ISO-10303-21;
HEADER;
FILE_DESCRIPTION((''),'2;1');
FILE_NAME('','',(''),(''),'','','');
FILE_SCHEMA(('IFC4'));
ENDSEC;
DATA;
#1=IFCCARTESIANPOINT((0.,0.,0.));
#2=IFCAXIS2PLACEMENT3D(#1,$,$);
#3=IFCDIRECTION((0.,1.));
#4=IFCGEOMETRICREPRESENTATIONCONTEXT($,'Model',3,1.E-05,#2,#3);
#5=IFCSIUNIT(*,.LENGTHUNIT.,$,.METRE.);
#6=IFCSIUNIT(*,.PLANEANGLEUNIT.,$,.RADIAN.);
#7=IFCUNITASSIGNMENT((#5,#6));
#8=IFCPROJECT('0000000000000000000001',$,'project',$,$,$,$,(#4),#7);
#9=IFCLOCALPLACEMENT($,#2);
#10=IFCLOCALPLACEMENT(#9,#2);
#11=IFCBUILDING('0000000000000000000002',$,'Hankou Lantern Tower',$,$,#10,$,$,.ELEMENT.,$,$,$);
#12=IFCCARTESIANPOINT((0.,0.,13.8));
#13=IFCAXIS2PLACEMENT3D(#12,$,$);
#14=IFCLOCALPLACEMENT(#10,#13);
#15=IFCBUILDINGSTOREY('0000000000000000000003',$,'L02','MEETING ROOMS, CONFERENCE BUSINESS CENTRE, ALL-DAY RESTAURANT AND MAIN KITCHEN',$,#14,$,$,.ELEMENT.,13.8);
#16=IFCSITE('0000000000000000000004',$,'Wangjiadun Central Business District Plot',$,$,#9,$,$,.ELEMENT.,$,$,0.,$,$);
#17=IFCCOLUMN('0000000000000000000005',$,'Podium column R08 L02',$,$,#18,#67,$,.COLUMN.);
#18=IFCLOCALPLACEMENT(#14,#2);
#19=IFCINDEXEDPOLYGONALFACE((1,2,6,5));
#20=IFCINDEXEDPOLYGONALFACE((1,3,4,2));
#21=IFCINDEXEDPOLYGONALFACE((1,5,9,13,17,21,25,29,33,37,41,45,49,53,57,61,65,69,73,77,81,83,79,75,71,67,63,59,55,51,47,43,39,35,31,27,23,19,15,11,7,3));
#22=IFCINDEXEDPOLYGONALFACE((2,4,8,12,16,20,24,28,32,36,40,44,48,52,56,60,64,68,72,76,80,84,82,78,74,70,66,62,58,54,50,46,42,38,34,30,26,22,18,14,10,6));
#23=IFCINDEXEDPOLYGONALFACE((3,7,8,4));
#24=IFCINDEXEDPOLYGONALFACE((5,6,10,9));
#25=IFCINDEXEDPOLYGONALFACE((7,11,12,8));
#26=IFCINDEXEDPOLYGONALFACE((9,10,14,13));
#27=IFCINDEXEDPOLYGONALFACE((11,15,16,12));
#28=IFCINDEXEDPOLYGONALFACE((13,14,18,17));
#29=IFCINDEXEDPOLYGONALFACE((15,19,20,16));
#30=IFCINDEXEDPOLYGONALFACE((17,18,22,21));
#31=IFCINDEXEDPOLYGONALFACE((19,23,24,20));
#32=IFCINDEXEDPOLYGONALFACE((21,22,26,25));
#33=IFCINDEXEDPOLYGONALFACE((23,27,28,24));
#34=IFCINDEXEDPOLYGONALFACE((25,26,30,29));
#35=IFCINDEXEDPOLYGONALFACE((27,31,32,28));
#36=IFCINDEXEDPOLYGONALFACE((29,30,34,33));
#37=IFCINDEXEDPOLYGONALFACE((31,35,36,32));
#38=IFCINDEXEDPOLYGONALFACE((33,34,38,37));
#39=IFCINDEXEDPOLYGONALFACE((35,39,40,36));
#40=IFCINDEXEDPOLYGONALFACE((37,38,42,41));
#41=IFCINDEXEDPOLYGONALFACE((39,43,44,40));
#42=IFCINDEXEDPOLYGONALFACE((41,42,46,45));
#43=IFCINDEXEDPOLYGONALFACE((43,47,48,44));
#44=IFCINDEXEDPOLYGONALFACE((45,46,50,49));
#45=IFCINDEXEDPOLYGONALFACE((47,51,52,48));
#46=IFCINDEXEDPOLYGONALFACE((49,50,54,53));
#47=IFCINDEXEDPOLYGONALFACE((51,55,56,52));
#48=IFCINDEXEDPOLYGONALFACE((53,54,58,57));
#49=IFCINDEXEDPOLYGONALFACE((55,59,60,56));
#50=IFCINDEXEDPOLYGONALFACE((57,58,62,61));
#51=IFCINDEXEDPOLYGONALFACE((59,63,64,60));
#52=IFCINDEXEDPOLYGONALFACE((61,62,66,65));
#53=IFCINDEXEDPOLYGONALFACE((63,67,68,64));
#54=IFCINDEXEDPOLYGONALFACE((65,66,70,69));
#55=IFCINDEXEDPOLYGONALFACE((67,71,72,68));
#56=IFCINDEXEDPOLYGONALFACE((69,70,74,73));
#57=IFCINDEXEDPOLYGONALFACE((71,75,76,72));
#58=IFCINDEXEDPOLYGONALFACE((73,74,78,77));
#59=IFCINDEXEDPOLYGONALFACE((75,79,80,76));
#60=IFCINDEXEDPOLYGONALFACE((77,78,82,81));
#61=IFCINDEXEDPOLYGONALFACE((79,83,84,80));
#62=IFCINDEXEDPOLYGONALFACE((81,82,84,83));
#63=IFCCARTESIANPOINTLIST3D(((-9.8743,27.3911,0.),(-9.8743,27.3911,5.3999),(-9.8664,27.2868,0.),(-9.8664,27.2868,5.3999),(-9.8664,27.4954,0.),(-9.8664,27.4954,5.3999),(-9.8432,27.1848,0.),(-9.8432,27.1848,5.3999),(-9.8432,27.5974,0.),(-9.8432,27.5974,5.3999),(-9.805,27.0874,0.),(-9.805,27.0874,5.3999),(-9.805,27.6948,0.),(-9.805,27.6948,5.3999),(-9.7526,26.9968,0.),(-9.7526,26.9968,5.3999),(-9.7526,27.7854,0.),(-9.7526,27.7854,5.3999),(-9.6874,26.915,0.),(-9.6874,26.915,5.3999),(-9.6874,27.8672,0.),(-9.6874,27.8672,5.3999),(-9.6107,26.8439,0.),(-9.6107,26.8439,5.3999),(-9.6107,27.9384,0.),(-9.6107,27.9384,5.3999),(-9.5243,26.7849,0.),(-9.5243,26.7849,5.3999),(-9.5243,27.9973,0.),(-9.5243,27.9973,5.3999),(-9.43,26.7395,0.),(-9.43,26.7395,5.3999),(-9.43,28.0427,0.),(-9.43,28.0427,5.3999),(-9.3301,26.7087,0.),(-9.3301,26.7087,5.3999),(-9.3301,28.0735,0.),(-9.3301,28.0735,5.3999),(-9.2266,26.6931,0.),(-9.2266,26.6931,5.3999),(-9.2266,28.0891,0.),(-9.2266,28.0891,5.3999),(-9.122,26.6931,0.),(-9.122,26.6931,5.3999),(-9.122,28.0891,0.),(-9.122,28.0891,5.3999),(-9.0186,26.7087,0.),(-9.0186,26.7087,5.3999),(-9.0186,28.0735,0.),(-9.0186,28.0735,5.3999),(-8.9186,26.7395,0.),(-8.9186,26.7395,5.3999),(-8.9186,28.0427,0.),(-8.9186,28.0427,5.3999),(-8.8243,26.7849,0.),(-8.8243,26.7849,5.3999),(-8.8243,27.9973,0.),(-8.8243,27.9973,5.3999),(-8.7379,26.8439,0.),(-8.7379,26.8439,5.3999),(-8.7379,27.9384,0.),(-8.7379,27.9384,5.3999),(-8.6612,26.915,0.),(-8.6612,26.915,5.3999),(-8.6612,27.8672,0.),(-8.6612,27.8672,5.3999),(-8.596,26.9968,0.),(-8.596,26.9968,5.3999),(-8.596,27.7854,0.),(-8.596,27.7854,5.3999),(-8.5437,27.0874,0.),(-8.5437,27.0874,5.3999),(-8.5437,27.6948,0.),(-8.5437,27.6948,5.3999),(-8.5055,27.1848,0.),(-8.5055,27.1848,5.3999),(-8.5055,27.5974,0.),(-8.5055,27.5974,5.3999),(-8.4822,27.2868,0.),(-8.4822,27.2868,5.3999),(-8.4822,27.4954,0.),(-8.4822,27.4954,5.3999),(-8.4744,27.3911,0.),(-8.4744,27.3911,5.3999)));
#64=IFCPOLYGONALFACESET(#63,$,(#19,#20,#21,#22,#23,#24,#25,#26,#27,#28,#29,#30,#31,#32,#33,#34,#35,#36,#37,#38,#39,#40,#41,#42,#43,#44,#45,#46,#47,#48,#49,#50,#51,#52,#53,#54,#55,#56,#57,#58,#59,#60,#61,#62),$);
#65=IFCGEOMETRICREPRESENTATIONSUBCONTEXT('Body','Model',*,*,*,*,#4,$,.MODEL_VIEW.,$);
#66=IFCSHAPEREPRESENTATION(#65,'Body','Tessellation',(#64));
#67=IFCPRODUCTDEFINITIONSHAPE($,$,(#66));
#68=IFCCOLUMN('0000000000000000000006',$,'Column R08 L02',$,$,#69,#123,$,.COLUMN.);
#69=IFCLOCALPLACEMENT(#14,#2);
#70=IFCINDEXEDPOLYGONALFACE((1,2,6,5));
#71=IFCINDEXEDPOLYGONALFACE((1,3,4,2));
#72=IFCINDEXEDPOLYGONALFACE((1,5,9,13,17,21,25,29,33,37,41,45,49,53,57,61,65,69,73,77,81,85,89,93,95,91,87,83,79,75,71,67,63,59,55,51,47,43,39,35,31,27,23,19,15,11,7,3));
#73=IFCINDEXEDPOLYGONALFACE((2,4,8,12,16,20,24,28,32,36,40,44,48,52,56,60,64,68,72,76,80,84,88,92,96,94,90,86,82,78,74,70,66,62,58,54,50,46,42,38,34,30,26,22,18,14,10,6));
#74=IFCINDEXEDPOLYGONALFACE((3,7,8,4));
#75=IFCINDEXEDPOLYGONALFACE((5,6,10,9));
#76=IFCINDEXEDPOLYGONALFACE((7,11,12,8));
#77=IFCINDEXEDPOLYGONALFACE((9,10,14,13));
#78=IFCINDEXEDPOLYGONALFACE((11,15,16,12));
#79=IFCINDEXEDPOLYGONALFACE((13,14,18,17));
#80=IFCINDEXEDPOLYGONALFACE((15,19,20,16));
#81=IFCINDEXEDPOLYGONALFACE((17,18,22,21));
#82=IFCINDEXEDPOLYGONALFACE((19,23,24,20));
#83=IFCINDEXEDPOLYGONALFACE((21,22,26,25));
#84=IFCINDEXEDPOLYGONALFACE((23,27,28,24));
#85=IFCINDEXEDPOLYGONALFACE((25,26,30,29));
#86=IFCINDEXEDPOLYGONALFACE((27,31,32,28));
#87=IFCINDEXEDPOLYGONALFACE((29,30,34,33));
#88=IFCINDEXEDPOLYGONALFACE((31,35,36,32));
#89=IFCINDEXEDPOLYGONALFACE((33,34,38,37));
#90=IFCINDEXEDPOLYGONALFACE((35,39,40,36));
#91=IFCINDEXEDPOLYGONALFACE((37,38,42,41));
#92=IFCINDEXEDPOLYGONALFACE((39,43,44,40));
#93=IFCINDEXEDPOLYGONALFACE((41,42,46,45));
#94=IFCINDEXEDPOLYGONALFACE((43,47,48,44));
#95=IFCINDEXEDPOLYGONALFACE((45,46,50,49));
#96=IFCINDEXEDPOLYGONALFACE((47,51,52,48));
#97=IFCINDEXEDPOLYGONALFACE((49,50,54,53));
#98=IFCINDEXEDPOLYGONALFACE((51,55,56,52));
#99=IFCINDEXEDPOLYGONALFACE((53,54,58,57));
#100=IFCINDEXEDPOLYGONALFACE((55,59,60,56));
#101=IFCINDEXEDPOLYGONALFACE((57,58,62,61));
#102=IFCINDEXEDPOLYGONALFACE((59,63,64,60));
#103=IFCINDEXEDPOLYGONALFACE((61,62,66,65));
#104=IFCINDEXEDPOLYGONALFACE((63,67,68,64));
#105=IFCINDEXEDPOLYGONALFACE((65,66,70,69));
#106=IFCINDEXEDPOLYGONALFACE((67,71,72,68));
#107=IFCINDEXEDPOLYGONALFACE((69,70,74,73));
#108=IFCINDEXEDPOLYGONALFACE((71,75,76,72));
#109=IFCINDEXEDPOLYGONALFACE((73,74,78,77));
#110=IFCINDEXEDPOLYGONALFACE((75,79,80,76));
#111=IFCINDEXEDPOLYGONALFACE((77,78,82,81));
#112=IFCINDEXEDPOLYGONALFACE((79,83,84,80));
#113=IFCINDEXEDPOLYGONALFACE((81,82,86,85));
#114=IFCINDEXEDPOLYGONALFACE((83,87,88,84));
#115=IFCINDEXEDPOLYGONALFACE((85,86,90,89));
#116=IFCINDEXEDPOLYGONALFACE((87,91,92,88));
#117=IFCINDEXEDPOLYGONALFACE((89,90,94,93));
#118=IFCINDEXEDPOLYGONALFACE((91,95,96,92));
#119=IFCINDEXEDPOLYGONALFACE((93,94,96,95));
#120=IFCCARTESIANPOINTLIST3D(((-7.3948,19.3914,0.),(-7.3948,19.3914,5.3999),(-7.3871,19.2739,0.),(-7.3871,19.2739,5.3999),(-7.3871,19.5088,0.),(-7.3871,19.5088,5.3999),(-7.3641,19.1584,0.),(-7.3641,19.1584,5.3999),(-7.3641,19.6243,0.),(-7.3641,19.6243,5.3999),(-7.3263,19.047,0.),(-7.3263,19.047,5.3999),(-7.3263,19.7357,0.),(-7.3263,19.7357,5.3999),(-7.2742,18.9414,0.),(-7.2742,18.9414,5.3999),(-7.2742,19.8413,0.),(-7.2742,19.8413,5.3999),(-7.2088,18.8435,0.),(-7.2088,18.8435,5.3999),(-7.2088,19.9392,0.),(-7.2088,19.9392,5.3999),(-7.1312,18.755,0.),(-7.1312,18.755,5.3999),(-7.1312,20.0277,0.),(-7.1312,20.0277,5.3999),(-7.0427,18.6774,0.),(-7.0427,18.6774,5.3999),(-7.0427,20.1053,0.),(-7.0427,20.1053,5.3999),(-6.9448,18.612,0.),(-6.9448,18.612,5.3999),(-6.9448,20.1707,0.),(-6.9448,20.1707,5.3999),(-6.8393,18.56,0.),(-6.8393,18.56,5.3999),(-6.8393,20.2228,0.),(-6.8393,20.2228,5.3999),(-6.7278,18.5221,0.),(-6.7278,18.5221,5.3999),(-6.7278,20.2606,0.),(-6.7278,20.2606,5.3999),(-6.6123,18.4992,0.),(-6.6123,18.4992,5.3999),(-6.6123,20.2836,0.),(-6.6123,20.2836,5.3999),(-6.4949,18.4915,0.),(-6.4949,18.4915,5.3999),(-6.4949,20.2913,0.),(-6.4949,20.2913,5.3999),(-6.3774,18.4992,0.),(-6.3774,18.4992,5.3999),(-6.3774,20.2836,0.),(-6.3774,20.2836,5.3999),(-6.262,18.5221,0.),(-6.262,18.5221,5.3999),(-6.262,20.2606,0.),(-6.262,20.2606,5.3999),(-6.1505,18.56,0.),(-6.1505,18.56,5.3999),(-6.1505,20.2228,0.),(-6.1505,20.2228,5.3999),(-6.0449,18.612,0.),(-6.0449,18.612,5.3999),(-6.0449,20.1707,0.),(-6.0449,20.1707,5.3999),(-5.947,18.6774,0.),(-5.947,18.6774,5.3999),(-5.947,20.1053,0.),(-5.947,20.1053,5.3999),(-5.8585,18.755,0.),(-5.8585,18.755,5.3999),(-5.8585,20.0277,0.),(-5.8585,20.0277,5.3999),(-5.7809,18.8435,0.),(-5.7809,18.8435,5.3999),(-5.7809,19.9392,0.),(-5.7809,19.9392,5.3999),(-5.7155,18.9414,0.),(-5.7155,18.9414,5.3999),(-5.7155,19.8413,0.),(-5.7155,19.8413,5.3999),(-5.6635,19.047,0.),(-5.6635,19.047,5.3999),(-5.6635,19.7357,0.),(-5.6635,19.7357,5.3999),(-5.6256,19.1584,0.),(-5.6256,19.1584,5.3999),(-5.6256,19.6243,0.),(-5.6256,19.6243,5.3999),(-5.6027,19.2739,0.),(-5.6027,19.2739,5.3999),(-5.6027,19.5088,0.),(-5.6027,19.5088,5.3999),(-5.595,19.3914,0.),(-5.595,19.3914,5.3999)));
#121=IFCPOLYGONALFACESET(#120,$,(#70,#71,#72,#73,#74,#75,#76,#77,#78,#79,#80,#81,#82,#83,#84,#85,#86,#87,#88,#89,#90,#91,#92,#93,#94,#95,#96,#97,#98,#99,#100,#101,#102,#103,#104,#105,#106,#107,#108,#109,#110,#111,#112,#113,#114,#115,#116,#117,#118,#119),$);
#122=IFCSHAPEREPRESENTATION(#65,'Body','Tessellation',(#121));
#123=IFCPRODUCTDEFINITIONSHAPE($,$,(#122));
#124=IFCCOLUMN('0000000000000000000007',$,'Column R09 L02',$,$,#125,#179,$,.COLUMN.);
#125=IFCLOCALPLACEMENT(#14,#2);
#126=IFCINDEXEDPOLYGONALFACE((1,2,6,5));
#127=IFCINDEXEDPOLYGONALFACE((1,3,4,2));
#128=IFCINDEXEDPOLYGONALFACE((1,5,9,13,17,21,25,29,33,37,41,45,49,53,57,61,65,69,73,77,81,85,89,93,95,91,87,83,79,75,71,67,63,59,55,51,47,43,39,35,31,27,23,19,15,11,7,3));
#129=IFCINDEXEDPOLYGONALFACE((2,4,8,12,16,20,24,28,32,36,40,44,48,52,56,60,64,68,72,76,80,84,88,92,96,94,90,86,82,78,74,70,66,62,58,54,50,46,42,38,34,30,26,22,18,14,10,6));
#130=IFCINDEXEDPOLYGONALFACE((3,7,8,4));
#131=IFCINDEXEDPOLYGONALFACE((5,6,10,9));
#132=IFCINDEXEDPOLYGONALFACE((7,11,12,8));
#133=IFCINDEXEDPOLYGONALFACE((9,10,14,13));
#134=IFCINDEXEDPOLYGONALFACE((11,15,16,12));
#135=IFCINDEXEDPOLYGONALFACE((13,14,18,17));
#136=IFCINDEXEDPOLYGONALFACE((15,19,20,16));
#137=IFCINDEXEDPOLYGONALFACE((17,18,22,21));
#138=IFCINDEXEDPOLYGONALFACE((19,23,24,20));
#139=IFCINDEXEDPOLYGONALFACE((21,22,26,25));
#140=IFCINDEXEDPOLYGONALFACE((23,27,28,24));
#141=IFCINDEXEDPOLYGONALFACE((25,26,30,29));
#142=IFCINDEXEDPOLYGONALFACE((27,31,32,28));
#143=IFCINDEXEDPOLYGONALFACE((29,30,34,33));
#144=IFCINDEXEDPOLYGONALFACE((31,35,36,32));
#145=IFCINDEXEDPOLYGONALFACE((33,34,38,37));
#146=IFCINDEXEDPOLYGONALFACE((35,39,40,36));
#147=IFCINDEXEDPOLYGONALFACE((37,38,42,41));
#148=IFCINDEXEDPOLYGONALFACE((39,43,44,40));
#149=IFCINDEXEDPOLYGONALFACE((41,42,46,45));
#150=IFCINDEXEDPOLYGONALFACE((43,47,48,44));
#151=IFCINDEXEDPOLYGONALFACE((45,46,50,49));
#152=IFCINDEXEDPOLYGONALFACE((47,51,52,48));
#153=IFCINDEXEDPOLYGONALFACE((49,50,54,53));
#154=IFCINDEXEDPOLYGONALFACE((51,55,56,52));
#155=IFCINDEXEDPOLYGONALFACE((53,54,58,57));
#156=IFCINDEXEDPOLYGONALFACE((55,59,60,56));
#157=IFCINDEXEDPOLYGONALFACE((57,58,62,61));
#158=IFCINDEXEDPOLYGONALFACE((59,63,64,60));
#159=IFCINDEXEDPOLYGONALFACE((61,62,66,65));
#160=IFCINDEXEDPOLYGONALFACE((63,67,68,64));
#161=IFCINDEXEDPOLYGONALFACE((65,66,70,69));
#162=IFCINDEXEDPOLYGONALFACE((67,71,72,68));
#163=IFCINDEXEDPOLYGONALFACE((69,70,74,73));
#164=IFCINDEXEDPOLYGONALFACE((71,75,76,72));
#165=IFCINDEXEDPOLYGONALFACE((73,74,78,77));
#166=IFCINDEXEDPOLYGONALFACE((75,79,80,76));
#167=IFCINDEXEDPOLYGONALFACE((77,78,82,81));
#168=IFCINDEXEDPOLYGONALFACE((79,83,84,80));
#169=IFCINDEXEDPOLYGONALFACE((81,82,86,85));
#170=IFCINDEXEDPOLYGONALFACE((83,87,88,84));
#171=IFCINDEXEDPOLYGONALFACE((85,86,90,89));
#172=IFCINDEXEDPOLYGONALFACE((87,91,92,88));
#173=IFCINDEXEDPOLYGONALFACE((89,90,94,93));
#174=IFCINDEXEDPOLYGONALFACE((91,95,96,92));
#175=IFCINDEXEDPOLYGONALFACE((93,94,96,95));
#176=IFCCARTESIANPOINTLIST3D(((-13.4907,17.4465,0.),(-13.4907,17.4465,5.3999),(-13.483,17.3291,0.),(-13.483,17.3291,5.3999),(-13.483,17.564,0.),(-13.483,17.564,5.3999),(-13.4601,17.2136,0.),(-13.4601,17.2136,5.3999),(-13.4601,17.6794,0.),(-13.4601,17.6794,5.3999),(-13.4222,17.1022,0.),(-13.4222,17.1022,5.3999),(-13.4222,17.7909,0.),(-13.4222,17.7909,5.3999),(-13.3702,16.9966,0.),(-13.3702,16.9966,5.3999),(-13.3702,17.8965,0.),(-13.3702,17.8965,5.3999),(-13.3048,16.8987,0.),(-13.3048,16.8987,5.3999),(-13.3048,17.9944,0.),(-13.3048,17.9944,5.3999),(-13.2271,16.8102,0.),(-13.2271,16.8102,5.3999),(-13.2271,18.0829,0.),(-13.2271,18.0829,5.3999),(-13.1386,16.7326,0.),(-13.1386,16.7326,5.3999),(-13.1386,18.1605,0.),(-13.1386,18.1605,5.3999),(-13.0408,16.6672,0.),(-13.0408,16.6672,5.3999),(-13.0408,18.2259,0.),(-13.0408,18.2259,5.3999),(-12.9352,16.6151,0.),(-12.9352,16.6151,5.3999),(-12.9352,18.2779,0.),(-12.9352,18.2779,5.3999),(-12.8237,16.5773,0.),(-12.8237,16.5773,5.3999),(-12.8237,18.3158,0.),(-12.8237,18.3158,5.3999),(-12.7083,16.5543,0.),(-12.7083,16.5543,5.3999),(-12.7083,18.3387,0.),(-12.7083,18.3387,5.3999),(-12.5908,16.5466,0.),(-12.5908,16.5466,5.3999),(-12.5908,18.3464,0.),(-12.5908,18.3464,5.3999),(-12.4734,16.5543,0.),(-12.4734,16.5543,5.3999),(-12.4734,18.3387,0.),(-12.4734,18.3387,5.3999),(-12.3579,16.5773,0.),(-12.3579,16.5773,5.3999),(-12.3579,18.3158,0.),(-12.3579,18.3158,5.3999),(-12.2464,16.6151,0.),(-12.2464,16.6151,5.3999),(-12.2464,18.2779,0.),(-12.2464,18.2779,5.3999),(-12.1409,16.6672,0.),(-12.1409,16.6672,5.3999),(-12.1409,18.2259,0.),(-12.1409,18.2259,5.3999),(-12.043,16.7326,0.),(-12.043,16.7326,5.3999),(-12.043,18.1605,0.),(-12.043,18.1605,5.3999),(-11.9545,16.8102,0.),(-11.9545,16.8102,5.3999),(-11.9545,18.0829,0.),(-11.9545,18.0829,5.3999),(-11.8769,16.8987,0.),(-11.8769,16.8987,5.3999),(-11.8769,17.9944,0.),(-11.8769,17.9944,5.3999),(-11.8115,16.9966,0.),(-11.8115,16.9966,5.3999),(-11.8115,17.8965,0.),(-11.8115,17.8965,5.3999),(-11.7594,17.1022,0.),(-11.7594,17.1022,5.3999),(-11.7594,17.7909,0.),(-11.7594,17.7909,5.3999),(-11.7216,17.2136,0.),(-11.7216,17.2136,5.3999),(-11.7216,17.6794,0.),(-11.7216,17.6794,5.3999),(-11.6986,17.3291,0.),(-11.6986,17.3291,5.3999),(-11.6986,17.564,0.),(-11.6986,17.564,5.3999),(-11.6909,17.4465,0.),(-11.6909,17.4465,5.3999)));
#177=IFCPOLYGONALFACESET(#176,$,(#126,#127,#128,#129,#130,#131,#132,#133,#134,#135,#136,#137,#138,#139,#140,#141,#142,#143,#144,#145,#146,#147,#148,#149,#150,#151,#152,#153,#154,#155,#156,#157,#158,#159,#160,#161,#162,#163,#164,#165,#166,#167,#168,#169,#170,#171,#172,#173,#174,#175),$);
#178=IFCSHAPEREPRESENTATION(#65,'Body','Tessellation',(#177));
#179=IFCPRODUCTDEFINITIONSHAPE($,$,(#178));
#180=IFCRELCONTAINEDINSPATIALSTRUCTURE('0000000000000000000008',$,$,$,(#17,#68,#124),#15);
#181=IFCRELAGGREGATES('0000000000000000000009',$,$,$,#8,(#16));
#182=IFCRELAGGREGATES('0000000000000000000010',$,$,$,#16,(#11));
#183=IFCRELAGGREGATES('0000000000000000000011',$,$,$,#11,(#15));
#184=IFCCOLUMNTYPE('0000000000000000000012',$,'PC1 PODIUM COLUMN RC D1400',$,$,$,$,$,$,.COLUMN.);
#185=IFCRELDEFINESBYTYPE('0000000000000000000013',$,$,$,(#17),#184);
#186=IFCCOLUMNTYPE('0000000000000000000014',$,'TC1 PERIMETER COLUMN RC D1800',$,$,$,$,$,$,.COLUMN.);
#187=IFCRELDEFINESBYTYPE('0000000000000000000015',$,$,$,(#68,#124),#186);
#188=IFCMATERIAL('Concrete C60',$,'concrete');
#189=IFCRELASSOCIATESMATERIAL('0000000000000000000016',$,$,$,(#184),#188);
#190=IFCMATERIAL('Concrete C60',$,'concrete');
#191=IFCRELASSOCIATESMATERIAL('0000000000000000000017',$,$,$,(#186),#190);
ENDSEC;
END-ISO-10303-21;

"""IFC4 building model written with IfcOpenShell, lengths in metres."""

from ifc_helpers import new_model, si_unit, direction, frame, origin, origin_2d, place, context, subcontext, project, spatial, circle, extrude, material, material_profile, profile_set, type_object, element, save


model = new_model("IFC4")

# Units and contexts
model_context = context("Model", 3, precision=1e-05, world=origin(), true_north=direction((0.0, 1.0)))
body_context = subcontext(model_context, "Body", "Model", "MODEL_VIEW")
ifc_project = project(units=[si_unit("LENGTHUNIT", "METRE"), si_unit("PLANEANGLEUNIT", "RADIAN")], contexts=[model_context])

# Site, building, storey
site_placement = place(None, origin())
site = spatial("IfcSite", under=ifc_project, at=site_placement, Name="Wangjiadun Central Business District Plot", CompositionType="ELEMENT", RefElevation=0.0)
building_placement = place(site_placement, origin())
building = spatial("IfcBuilding", under=site, at=building_placement, Name="Hankou Lantern Tower", CompositionType="ELEMENT")
storey_placement = place(building_placement, frame((0.0, 0.0, 13.8)))
storey = spatial("IfcBuildingStorey", under=building, at=storey_placement, Name="L02", Description="MEETING ROOMS, CONFERENCE BUSINESS CENTRE, ALL-DAY RESTAURANT AND MAIN KITCHEN", CompositionType="ELEMENT", Elevation=13.8)

# Columns
ifc_material_1 = material(Name="Concrete C60", Category="concrete")
ifc_material_profile_1 = material_profile(ifc_material_1, circle(Radius=0.7, at=origin_2d()), Name="RC D1400")
ifc_profile_set_1 = profile_set([ifc_material_profile_1], Name="Concrete C60")
column_type_1 = type_object("IfcColumnType", Name="PC1 PODIUM COLUMN RC D1400", PredefinedType="COLUMN", material=ifc_profile_set_1)
column_placement = place(storey_placement, frame((-9.1743, 27.3911, 0.0), z_axis=(0.0, 0.0, 1.0), x_axis=(1.0, 0.0, 0.0)))
element("IfcColumn", 1, at=column_placement, inside=storey, type_object=column_type_1, Name="Podium column R08 L02", PredefinedType="COLUMN", context=body_context, shape_type="SweptSolid", body=[
    extrude(circle(Radius=0.7, at=origin_2d()), origin(), (0.0, 0.0, 1.0), 5.3999),
])
ifc_material_2 = material(Name="Concrete C60", Category="concrete")
ifc_material_profile_2 = material_profile(ifc_material_2, circle(Radius=0.8999, at=origin_2d()), Name="RC D1800")
ifc_profile_set_2 = profile_set([ifc_material_profile_2], Name="Concrete C60")
column_type_2 = type_object("IfcColumnType", Name="TC1 PERIMETER COLUMN RC D1800", PredefinedType="COLUMN", material=ifc_profile_set_2)
for number, where, z_axis, x_axis, name in (
    (2, (-6.4949, 19.3914, 0.0), (0.0, 0.0, 1.0), (1.0, 0.0, 0.0), "Column R08 L02"),
    (3, (-12.5908, 17.4465, 0.0), (0.0, 0.0, 1.0), (1.0, 0.0, 0.0), "Column R09 L02"),
):
    element("IfcColumn", number, at=place(storey_placement, frame(where, z_axis=z_axis, x_axis=x_axis)), inside=storey, type_object=column_type_2, Name=name, PredefinedType="COLUMN", context=body_context, shape_type="SweptSolid", body=[
        extrude(circle(Radius=0.8999, at=origin_2d()), origin(), (0.0, 0.0, 1.0), 5.3999),
    ])

save(model, "model.ifc")
